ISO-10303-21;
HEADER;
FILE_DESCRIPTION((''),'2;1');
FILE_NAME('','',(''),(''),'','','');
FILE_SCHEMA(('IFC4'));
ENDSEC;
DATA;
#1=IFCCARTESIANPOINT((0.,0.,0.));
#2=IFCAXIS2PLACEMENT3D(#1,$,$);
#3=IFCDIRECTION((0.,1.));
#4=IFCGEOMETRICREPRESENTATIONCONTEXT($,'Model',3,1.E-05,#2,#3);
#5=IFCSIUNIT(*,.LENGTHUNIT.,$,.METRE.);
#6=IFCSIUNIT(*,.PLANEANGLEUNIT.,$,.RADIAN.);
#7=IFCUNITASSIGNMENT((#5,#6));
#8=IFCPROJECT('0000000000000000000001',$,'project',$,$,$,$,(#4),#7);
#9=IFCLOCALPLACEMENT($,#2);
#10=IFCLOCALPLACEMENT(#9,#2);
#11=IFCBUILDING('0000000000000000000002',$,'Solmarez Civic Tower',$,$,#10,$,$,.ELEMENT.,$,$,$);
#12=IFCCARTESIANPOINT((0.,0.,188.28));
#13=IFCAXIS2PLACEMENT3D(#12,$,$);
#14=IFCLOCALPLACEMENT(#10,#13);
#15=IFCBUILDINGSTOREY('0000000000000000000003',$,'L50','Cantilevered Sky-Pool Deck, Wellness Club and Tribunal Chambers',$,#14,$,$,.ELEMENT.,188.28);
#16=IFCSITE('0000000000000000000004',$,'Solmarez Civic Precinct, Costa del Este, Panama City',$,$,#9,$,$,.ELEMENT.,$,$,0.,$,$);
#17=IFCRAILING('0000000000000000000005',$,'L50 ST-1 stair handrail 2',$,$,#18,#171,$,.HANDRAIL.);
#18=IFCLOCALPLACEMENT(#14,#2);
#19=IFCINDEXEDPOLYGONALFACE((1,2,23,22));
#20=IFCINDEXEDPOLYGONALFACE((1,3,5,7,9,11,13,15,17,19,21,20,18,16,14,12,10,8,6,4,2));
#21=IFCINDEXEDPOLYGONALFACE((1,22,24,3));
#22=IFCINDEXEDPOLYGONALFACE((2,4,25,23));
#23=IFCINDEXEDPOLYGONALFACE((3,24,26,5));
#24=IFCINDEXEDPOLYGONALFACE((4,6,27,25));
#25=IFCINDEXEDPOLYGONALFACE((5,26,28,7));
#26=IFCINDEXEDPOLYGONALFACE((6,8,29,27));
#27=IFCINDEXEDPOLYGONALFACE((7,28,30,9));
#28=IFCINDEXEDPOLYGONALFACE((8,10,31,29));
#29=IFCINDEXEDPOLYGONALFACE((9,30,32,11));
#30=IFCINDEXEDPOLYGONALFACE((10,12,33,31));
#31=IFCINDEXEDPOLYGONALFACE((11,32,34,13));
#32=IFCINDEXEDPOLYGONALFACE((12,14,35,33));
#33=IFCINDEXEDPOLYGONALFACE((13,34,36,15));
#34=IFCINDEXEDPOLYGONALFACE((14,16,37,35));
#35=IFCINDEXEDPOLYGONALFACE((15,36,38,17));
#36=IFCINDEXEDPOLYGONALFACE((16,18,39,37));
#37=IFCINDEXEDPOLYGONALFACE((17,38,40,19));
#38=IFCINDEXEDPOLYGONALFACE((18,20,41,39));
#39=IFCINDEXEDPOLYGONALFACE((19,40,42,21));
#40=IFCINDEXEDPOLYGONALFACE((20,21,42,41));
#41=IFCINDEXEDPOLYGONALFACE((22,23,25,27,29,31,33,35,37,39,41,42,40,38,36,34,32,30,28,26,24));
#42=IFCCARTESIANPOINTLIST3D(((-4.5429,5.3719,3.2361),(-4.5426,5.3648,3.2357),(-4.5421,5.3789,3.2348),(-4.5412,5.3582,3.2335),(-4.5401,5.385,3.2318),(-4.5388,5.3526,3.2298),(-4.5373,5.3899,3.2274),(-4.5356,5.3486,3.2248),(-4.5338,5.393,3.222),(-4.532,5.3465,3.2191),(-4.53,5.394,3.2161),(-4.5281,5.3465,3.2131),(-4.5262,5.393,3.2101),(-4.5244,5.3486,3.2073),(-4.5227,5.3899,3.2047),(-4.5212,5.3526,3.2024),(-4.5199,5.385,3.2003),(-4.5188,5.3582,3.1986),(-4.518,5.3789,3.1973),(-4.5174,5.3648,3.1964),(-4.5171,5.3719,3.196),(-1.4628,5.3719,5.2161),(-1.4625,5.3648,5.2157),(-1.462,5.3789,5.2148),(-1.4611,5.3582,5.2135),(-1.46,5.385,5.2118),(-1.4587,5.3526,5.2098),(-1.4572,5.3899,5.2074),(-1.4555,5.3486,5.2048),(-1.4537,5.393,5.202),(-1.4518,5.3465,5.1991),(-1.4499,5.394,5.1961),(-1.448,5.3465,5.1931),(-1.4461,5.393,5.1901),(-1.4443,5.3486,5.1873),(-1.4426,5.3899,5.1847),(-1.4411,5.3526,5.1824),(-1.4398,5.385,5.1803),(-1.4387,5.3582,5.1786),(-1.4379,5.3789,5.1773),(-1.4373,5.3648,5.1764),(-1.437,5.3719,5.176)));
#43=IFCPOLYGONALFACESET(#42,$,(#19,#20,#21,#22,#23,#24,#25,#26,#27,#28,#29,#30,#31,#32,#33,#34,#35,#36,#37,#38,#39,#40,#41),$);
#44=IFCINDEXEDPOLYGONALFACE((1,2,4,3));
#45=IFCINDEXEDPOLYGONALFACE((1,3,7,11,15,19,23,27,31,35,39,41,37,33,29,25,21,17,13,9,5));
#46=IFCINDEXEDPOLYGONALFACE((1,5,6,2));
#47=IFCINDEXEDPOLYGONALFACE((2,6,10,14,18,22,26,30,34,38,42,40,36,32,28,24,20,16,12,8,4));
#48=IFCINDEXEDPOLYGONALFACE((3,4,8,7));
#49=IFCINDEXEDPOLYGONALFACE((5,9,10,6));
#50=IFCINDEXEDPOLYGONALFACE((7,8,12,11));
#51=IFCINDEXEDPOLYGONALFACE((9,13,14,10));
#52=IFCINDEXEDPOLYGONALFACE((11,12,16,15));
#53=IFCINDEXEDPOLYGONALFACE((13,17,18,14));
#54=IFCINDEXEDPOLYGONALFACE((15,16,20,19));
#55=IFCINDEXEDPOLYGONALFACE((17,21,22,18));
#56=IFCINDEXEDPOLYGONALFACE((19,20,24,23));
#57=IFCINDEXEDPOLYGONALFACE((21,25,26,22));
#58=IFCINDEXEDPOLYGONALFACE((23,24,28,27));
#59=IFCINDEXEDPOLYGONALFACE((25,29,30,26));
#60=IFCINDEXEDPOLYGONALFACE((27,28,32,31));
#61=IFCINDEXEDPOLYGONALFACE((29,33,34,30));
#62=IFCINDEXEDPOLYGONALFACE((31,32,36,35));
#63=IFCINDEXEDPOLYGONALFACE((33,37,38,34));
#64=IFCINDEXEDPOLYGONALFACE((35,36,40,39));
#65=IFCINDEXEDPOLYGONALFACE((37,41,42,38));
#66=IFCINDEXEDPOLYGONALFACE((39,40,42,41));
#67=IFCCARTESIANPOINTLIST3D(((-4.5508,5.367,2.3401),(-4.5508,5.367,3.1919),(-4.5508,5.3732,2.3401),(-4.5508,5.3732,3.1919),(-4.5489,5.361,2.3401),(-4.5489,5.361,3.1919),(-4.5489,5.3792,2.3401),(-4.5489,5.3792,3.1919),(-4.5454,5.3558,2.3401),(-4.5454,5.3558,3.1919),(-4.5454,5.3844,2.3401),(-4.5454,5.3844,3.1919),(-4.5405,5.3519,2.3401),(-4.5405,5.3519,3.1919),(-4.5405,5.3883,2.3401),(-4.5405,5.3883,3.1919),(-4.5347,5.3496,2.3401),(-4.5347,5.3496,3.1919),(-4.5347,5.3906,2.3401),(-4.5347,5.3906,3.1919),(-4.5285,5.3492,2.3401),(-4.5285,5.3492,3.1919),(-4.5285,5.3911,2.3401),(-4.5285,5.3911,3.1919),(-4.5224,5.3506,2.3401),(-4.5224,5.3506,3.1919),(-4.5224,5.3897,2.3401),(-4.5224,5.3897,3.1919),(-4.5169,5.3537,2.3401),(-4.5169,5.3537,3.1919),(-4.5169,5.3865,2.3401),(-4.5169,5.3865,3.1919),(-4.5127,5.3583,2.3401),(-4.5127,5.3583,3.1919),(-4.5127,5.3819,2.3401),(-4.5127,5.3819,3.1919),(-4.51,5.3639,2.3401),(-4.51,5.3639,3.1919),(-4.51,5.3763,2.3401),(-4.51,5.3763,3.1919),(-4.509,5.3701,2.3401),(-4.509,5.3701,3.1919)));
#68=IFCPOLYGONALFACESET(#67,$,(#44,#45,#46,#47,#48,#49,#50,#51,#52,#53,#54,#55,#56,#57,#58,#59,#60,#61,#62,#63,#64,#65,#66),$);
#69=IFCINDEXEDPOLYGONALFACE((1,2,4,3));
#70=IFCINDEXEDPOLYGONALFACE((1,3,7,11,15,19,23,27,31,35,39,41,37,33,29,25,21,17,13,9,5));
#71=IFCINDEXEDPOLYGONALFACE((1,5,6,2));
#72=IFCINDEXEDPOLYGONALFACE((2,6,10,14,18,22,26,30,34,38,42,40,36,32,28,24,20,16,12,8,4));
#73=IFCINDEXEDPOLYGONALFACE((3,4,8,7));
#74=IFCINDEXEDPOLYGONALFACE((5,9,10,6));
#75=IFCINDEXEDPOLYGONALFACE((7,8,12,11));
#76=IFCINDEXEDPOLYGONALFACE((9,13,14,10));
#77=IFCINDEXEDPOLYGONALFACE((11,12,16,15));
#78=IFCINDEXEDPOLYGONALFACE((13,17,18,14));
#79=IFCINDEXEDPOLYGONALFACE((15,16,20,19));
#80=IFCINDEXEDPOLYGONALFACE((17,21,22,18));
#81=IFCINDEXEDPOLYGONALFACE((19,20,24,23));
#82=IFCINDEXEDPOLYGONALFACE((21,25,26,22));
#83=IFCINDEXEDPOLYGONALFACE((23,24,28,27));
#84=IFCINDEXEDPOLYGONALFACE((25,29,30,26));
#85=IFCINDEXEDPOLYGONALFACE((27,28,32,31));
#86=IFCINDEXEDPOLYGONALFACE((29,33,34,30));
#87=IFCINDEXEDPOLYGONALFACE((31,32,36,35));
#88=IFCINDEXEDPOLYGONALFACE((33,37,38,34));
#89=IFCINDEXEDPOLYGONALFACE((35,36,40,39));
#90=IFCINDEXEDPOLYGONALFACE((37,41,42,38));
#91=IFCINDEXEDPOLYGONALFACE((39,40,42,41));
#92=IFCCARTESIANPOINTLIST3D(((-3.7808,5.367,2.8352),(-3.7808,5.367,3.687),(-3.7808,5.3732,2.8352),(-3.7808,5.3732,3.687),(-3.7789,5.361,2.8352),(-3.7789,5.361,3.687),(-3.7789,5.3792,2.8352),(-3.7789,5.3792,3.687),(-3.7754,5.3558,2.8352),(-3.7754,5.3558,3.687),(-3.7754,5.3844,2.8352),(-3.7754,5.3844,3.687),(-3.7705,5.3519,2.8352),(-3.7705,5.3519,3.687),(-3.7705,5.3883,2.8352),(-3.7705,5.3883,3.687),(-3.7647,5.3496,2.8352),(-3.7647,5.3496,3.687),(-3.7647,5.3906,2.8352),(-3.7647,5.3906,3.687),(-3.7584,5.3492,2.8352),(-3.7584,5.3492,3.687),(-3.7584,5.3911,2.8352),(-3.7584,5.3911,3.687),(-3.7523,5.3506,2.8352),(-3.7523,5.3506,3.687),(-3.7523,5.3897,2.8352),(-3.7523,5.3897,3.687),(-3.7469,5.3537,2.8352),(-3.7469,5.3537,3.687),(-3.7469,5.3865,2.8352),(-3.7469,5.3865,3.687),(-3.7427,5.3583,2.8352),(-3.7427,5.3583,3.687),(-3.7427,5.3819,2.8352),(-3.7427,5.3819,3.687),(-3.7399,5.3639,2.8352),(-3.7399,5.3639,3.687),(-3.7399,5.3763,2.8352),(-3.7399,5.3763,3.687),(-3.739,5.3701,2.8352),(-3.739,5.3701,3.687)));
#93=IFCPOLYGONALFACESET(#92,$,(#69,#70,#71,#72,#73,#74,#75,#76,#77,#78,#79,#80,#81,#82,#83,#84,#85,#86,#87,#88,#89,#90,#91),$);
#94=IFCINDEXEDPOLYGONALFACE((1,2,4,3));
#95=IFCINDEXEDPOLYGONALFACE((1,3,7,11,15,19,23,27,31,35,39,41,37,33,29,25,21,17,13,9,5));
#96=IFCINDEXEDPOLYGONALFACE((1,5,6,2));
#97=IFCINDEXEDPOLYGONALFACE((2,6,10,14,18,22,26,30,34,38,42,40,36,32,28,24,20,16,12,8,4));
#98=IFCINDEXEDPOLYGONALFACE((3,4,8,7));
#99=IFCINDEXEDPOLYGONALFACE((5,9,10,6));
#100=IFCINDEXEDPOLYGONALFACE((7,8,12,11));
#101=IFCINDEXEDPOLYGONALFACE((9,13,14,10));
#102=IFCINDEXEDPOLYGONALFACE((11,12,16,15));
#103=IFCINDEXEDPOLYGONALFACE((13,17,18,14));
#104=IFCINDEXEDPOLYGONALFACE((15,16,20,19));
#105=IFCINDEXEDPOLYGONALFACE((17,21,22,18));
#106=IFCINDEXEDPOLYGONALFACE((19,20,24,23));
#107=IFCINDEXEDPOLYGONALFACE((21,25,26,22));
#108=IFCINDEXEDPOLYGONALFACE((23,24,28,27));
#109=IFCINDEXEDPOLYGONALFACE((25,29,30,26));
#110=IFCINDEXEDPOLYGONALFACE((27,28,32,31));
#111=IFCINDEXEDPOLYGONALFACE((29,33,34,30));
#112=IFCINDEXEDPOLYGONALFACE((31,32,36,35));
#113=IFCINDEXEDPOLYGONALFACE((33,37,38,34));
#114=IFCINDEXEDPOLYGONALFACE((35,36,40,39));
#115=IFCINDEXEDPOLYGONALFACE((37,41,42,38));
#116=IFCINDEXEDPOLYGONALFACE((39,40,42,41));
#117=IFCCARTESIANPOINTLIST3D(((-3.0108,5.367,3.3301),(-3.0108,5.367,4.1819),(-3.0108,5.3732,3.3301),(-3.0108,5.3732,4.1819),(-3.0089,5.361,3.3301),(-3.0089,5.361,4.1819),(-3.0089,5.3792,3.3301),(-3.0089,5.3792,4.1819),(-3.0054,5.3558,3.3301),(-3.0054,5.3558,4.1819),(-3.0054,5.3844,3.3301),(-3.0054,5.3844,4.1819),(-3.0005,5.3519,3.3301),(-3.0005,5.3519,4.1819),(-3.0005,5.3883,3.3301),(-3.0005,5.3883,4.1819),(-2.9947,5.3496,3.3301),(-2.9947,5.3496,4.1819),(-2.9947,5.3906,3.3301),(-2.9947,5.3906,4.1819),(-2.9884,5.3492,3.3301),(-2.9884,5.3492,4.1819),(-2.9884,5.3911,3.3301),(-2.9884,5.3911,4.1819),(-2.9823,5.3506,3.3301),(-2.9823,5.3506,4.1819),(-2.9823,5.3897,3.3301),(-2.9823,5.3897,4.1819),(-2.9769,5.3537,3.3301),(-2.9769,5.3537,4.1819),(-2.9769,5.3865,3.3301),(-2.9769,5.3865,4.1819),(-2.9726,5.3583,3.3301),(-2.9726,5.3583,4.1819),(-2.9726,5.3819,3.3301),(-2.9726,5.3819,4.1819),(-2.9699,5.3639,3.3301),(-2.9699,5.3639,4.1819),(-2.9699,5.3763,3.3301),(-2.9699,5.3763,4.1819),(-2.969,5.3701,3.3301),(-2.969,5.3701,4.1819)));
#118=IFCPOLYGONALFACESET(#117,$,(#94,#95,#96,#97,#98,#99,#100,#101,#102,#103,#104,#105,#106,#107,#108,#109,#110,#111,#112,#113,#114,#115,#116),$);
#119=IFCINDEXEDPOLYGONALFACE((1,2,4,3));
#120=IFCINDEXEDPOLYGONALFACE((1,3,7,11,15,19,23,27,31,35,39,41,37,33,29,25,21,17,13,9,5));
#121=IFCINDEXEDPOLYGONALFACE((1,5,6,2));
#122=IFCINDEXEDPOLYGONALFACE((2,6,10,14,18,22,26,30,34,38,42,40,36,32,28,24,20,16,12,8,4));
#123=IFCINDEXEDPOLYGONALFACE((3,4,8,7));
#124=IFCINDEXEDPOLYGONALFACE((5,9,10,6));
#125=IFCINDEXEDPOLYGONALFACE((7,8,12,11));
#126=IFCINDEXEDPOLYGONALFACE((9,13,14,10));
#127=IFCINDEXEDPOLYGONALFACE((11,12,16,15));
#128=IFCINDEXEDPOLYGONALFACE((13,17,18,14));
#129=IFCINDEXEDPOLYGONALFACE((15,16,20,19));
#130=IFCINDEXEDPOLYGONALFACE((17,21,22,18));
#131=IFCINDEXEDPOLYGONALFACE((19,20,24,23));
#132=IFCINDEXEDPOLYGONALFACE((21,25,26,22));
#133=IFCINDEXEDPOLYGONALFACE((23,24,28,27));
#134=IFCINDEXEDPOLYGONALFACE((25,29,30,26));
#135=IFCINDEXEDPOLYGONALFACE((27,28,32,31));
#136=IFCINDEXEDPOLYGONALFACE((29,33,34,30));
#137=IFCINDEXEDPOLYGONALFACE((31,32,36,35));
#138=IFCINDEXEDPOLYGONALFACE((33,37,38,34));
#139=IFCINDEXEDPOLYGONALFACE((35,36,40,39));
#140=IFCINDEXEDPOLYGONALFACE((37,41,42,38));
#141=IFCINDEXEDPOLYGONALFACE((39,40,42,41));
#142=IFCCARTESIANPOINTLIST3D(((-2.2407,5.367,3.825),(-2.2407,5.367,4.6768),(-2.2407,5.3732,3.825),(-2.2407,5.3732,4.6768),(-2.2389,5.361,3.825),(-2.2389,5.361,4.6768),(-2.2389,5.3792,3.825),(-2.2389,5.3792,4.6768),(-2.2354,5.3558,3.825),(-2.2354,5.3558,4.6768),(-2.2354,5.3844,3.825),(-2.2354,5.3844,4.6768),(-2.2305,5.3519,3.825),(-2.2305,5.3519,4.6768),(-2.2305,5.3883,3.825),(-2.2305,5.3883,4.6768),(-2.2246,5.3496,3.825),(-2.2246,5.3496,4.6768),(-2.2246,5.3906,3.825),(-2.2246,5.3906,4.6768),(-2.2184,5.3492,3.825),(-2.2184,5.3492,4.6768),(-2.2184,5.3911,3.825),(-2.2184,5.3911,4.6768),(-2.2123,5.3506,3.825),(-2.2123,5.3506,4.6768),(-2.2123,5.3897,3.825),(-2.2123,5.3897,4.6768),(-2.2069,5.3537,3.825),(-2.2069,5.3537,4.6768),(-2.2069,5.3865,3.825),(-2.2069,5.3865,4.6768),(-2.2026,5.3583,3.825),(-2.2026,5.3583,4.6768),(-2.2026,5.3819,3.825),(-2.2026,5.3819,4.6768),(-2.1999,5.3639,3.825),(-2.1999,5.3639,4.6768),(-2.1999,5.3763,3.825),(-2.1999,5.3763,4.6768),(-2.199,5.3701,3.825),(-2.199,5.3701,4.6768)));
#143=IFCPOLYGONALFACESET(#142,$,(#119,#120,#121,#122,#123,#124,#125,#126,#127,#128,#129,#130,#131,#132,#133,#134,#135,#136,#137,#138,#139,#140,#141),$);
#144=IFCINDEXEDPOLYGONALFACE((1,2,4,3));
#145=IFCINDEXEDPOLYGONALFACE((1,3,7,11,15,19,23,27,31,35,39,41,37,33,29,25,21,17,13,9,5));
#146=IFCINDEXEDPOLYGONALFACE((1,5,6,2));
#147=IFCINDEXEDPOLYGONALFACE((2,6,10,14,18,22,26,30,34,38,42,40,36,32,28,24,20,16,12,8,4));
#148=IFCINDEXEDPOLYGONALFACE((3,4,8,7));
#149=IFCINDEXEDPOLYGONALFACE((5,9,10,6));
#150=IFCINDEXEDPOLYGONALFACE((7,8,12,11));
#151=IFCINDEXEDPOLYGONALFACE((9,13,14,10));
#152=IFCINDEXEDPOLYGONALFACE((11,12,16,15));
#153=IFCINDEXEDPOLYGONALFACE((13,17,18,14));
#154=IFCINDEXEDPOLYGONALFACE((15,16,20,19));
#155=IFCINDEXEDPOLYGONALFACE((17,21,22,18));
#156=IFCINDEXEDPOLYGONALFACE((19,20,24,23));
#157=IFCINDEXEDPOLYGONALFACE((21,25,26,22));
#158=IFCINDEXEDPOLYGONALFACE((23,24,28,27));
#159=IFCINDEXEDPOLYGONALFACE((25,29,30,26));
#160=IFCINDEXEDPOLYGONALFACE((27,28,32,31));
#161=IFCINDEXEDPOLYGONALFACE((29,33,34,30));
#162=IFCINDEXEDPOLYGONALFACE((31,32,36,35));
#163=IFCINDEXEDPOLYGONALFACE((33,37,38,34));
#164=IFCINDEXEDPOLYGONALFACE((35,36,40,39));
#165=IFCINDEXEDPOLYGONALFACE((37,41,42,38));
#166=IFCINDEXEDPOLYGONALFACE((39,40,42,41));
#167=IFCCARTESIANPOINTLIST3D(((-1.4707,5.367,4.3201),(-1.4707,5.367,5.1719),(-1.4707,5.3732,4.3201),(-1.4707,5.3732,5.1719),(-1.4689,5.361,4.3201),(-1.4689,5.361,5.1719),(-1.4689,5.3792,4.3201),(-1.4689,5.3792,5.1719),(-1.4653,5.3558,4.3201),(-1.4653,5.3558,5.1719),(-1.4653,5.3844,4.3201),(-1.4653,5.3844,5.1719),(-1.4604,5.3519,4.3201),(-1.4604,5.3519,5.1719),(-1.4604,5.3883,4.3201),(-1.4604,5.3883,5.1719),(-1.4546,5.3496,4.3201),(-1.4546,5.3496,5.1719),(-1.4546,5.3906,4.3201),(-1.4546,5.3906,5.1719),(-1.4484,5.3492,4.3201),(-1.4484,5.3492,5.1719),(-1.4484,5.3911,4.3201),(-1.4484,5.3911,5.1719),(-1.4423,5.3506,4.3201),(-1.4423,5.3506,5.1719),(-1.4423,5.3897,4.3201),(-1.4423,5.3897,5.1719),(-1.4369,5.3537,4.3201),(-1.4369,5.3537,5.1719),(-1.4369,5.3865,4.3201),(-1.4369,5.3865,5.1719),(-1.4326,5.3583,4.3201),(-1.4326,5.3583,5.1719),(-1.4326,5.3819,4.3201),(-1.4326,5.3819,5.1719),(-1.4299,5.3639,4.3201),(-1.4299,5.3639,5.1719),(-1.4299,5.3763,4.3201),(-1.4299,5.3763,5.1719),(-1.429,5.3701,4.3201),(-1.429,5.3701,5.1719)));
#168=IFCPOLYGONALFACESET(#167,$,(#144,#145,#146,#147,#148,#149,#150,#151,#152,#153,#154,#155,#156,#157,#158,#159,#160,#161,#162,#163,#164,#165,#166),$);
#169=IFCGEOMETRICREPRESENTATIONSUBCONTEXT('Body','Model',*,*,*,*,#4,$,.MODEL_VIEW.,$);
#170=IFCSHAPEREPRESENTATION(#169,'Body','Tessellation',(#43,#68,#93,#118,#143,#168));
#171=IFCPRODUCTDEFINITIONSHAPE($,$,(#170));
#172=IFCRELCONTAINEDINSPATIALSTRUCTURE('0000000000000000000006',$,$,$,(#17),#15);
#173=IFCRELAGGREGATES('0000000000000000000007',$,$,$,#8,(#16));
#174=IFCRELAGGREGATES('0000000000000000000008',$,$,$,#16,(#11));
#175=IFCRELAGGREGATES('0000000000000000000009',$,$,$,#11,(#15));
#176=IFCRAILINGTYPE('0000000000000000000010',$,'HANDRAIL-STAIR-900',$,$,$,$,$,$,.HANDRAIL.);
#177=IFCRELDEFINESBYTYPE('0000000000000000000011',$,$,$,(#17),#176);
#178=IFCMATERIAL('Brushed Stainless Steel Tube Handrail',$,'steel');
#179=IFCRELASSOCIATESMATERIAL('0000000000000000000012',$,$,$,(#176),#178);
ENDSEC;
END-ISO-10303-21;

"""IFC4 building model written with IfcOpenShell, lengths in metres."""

from ifc_helpers import new_model, si_unit, direction, frame, origin, origin_2d, place, context, subcontext, project, spatial, circle, extrude, material, type_object, element, save


model = new_model("IFC4")

# Units and contexts
model_context = context("Model", 3, precision=1e-05, world=origin(), true_north=direction((0.0, 1.0)))
body_context = subcontext(model_context, "Body", "Model", "MODEL_VIEW")
ifc_project = project(units=[si_unit("LENGTHUNIT", "METRE"), si_unit("PLANEANGLEUNIT", "RADIAN")], contexts=[model_context])

# Site, building, storey
site_placement = place(None, origin())
site = spatial("IfcSite", under=ifc_project, at=site_placement, Name="Solmarez Civic Precinct, Costa del Este, Panama City", CompositionType="ELEMENT", RefElevation=0.0)
building_placement = place(site_placement, origin())
building = spatial("IfcBuilding", under=site, at=building_placement, Name="Solmarez Civic Tower", CompositionType="ELEMENT")
storey_placement = place(building_placement, frame((0.0, 0.0, 188.28)))
storey = spatial("IfcBuildingStorey", under=building, at=storey_placement, Name="L50", Description="Cantilevered Sky-Pool Deck, Wellness Club and Tribunal Chambers", CompositionType="ELEMENT", Elevation=188.28)

# Railing
ifc_material_1 = material(Name="Brushed Stainless Steel Tube Handrail", Category="steel")
railing_type_1 = type_object("IfcRailingType", Name="HANDRAIL-STAIR-900", PredefinedType="HANDRAIL", material=ifc_material_1)
railing_1_placement = place(storey_placement, frame((-4.53, 5.3701, 2.3401)))
element("IfcRailing", 1, at=railing_1_placement, inside=storey, type_object=railing_type_1, Name="L50 ST-1 stair handrail 2", PredefinedType="HANDRAIL", context=body_context, shape_type="SweptSolid", body=[
    extrude(circle(Radius=0.0239, at=origin_2d()), frame((0.0, 0.0, 0.876), z_axis=(0.841187, 0.0, 0.540744), x_axis=(0.0, 1.0, 0.0)), (0.0, 0.0, 1.0), 3.6616),
    extrude(circle(Radius=0.021, at=origin_2d()), origin(), (0.0, 0.0, 1.0), 0.8518),
    extrude(circle(Radius=0.021, at=origin_2d()), frame((0.77, 0.0, 0.4951)), (0.0, 0.0, 1.0), 0.8518),
    extrude(circle(Radius=0.021, at=origin_2d()), frame((1.54, 0.0, 0.99)), (0.0, 0.0, 1.0), 0.8518),
    extrude(circle(Radius=0.021, at=origin_2d()), frame((2.3101, 0.0, 1.4849)), (0.0, 0.0, 1.0), 0.8518),
    extrude(circle(Radius=0.021, at=origin_2d()), frame((3.0801, 0.0, 1.98)), (0.0, 0.0, 1.0), 0.8518),
])

save(model, "model.ifc")
